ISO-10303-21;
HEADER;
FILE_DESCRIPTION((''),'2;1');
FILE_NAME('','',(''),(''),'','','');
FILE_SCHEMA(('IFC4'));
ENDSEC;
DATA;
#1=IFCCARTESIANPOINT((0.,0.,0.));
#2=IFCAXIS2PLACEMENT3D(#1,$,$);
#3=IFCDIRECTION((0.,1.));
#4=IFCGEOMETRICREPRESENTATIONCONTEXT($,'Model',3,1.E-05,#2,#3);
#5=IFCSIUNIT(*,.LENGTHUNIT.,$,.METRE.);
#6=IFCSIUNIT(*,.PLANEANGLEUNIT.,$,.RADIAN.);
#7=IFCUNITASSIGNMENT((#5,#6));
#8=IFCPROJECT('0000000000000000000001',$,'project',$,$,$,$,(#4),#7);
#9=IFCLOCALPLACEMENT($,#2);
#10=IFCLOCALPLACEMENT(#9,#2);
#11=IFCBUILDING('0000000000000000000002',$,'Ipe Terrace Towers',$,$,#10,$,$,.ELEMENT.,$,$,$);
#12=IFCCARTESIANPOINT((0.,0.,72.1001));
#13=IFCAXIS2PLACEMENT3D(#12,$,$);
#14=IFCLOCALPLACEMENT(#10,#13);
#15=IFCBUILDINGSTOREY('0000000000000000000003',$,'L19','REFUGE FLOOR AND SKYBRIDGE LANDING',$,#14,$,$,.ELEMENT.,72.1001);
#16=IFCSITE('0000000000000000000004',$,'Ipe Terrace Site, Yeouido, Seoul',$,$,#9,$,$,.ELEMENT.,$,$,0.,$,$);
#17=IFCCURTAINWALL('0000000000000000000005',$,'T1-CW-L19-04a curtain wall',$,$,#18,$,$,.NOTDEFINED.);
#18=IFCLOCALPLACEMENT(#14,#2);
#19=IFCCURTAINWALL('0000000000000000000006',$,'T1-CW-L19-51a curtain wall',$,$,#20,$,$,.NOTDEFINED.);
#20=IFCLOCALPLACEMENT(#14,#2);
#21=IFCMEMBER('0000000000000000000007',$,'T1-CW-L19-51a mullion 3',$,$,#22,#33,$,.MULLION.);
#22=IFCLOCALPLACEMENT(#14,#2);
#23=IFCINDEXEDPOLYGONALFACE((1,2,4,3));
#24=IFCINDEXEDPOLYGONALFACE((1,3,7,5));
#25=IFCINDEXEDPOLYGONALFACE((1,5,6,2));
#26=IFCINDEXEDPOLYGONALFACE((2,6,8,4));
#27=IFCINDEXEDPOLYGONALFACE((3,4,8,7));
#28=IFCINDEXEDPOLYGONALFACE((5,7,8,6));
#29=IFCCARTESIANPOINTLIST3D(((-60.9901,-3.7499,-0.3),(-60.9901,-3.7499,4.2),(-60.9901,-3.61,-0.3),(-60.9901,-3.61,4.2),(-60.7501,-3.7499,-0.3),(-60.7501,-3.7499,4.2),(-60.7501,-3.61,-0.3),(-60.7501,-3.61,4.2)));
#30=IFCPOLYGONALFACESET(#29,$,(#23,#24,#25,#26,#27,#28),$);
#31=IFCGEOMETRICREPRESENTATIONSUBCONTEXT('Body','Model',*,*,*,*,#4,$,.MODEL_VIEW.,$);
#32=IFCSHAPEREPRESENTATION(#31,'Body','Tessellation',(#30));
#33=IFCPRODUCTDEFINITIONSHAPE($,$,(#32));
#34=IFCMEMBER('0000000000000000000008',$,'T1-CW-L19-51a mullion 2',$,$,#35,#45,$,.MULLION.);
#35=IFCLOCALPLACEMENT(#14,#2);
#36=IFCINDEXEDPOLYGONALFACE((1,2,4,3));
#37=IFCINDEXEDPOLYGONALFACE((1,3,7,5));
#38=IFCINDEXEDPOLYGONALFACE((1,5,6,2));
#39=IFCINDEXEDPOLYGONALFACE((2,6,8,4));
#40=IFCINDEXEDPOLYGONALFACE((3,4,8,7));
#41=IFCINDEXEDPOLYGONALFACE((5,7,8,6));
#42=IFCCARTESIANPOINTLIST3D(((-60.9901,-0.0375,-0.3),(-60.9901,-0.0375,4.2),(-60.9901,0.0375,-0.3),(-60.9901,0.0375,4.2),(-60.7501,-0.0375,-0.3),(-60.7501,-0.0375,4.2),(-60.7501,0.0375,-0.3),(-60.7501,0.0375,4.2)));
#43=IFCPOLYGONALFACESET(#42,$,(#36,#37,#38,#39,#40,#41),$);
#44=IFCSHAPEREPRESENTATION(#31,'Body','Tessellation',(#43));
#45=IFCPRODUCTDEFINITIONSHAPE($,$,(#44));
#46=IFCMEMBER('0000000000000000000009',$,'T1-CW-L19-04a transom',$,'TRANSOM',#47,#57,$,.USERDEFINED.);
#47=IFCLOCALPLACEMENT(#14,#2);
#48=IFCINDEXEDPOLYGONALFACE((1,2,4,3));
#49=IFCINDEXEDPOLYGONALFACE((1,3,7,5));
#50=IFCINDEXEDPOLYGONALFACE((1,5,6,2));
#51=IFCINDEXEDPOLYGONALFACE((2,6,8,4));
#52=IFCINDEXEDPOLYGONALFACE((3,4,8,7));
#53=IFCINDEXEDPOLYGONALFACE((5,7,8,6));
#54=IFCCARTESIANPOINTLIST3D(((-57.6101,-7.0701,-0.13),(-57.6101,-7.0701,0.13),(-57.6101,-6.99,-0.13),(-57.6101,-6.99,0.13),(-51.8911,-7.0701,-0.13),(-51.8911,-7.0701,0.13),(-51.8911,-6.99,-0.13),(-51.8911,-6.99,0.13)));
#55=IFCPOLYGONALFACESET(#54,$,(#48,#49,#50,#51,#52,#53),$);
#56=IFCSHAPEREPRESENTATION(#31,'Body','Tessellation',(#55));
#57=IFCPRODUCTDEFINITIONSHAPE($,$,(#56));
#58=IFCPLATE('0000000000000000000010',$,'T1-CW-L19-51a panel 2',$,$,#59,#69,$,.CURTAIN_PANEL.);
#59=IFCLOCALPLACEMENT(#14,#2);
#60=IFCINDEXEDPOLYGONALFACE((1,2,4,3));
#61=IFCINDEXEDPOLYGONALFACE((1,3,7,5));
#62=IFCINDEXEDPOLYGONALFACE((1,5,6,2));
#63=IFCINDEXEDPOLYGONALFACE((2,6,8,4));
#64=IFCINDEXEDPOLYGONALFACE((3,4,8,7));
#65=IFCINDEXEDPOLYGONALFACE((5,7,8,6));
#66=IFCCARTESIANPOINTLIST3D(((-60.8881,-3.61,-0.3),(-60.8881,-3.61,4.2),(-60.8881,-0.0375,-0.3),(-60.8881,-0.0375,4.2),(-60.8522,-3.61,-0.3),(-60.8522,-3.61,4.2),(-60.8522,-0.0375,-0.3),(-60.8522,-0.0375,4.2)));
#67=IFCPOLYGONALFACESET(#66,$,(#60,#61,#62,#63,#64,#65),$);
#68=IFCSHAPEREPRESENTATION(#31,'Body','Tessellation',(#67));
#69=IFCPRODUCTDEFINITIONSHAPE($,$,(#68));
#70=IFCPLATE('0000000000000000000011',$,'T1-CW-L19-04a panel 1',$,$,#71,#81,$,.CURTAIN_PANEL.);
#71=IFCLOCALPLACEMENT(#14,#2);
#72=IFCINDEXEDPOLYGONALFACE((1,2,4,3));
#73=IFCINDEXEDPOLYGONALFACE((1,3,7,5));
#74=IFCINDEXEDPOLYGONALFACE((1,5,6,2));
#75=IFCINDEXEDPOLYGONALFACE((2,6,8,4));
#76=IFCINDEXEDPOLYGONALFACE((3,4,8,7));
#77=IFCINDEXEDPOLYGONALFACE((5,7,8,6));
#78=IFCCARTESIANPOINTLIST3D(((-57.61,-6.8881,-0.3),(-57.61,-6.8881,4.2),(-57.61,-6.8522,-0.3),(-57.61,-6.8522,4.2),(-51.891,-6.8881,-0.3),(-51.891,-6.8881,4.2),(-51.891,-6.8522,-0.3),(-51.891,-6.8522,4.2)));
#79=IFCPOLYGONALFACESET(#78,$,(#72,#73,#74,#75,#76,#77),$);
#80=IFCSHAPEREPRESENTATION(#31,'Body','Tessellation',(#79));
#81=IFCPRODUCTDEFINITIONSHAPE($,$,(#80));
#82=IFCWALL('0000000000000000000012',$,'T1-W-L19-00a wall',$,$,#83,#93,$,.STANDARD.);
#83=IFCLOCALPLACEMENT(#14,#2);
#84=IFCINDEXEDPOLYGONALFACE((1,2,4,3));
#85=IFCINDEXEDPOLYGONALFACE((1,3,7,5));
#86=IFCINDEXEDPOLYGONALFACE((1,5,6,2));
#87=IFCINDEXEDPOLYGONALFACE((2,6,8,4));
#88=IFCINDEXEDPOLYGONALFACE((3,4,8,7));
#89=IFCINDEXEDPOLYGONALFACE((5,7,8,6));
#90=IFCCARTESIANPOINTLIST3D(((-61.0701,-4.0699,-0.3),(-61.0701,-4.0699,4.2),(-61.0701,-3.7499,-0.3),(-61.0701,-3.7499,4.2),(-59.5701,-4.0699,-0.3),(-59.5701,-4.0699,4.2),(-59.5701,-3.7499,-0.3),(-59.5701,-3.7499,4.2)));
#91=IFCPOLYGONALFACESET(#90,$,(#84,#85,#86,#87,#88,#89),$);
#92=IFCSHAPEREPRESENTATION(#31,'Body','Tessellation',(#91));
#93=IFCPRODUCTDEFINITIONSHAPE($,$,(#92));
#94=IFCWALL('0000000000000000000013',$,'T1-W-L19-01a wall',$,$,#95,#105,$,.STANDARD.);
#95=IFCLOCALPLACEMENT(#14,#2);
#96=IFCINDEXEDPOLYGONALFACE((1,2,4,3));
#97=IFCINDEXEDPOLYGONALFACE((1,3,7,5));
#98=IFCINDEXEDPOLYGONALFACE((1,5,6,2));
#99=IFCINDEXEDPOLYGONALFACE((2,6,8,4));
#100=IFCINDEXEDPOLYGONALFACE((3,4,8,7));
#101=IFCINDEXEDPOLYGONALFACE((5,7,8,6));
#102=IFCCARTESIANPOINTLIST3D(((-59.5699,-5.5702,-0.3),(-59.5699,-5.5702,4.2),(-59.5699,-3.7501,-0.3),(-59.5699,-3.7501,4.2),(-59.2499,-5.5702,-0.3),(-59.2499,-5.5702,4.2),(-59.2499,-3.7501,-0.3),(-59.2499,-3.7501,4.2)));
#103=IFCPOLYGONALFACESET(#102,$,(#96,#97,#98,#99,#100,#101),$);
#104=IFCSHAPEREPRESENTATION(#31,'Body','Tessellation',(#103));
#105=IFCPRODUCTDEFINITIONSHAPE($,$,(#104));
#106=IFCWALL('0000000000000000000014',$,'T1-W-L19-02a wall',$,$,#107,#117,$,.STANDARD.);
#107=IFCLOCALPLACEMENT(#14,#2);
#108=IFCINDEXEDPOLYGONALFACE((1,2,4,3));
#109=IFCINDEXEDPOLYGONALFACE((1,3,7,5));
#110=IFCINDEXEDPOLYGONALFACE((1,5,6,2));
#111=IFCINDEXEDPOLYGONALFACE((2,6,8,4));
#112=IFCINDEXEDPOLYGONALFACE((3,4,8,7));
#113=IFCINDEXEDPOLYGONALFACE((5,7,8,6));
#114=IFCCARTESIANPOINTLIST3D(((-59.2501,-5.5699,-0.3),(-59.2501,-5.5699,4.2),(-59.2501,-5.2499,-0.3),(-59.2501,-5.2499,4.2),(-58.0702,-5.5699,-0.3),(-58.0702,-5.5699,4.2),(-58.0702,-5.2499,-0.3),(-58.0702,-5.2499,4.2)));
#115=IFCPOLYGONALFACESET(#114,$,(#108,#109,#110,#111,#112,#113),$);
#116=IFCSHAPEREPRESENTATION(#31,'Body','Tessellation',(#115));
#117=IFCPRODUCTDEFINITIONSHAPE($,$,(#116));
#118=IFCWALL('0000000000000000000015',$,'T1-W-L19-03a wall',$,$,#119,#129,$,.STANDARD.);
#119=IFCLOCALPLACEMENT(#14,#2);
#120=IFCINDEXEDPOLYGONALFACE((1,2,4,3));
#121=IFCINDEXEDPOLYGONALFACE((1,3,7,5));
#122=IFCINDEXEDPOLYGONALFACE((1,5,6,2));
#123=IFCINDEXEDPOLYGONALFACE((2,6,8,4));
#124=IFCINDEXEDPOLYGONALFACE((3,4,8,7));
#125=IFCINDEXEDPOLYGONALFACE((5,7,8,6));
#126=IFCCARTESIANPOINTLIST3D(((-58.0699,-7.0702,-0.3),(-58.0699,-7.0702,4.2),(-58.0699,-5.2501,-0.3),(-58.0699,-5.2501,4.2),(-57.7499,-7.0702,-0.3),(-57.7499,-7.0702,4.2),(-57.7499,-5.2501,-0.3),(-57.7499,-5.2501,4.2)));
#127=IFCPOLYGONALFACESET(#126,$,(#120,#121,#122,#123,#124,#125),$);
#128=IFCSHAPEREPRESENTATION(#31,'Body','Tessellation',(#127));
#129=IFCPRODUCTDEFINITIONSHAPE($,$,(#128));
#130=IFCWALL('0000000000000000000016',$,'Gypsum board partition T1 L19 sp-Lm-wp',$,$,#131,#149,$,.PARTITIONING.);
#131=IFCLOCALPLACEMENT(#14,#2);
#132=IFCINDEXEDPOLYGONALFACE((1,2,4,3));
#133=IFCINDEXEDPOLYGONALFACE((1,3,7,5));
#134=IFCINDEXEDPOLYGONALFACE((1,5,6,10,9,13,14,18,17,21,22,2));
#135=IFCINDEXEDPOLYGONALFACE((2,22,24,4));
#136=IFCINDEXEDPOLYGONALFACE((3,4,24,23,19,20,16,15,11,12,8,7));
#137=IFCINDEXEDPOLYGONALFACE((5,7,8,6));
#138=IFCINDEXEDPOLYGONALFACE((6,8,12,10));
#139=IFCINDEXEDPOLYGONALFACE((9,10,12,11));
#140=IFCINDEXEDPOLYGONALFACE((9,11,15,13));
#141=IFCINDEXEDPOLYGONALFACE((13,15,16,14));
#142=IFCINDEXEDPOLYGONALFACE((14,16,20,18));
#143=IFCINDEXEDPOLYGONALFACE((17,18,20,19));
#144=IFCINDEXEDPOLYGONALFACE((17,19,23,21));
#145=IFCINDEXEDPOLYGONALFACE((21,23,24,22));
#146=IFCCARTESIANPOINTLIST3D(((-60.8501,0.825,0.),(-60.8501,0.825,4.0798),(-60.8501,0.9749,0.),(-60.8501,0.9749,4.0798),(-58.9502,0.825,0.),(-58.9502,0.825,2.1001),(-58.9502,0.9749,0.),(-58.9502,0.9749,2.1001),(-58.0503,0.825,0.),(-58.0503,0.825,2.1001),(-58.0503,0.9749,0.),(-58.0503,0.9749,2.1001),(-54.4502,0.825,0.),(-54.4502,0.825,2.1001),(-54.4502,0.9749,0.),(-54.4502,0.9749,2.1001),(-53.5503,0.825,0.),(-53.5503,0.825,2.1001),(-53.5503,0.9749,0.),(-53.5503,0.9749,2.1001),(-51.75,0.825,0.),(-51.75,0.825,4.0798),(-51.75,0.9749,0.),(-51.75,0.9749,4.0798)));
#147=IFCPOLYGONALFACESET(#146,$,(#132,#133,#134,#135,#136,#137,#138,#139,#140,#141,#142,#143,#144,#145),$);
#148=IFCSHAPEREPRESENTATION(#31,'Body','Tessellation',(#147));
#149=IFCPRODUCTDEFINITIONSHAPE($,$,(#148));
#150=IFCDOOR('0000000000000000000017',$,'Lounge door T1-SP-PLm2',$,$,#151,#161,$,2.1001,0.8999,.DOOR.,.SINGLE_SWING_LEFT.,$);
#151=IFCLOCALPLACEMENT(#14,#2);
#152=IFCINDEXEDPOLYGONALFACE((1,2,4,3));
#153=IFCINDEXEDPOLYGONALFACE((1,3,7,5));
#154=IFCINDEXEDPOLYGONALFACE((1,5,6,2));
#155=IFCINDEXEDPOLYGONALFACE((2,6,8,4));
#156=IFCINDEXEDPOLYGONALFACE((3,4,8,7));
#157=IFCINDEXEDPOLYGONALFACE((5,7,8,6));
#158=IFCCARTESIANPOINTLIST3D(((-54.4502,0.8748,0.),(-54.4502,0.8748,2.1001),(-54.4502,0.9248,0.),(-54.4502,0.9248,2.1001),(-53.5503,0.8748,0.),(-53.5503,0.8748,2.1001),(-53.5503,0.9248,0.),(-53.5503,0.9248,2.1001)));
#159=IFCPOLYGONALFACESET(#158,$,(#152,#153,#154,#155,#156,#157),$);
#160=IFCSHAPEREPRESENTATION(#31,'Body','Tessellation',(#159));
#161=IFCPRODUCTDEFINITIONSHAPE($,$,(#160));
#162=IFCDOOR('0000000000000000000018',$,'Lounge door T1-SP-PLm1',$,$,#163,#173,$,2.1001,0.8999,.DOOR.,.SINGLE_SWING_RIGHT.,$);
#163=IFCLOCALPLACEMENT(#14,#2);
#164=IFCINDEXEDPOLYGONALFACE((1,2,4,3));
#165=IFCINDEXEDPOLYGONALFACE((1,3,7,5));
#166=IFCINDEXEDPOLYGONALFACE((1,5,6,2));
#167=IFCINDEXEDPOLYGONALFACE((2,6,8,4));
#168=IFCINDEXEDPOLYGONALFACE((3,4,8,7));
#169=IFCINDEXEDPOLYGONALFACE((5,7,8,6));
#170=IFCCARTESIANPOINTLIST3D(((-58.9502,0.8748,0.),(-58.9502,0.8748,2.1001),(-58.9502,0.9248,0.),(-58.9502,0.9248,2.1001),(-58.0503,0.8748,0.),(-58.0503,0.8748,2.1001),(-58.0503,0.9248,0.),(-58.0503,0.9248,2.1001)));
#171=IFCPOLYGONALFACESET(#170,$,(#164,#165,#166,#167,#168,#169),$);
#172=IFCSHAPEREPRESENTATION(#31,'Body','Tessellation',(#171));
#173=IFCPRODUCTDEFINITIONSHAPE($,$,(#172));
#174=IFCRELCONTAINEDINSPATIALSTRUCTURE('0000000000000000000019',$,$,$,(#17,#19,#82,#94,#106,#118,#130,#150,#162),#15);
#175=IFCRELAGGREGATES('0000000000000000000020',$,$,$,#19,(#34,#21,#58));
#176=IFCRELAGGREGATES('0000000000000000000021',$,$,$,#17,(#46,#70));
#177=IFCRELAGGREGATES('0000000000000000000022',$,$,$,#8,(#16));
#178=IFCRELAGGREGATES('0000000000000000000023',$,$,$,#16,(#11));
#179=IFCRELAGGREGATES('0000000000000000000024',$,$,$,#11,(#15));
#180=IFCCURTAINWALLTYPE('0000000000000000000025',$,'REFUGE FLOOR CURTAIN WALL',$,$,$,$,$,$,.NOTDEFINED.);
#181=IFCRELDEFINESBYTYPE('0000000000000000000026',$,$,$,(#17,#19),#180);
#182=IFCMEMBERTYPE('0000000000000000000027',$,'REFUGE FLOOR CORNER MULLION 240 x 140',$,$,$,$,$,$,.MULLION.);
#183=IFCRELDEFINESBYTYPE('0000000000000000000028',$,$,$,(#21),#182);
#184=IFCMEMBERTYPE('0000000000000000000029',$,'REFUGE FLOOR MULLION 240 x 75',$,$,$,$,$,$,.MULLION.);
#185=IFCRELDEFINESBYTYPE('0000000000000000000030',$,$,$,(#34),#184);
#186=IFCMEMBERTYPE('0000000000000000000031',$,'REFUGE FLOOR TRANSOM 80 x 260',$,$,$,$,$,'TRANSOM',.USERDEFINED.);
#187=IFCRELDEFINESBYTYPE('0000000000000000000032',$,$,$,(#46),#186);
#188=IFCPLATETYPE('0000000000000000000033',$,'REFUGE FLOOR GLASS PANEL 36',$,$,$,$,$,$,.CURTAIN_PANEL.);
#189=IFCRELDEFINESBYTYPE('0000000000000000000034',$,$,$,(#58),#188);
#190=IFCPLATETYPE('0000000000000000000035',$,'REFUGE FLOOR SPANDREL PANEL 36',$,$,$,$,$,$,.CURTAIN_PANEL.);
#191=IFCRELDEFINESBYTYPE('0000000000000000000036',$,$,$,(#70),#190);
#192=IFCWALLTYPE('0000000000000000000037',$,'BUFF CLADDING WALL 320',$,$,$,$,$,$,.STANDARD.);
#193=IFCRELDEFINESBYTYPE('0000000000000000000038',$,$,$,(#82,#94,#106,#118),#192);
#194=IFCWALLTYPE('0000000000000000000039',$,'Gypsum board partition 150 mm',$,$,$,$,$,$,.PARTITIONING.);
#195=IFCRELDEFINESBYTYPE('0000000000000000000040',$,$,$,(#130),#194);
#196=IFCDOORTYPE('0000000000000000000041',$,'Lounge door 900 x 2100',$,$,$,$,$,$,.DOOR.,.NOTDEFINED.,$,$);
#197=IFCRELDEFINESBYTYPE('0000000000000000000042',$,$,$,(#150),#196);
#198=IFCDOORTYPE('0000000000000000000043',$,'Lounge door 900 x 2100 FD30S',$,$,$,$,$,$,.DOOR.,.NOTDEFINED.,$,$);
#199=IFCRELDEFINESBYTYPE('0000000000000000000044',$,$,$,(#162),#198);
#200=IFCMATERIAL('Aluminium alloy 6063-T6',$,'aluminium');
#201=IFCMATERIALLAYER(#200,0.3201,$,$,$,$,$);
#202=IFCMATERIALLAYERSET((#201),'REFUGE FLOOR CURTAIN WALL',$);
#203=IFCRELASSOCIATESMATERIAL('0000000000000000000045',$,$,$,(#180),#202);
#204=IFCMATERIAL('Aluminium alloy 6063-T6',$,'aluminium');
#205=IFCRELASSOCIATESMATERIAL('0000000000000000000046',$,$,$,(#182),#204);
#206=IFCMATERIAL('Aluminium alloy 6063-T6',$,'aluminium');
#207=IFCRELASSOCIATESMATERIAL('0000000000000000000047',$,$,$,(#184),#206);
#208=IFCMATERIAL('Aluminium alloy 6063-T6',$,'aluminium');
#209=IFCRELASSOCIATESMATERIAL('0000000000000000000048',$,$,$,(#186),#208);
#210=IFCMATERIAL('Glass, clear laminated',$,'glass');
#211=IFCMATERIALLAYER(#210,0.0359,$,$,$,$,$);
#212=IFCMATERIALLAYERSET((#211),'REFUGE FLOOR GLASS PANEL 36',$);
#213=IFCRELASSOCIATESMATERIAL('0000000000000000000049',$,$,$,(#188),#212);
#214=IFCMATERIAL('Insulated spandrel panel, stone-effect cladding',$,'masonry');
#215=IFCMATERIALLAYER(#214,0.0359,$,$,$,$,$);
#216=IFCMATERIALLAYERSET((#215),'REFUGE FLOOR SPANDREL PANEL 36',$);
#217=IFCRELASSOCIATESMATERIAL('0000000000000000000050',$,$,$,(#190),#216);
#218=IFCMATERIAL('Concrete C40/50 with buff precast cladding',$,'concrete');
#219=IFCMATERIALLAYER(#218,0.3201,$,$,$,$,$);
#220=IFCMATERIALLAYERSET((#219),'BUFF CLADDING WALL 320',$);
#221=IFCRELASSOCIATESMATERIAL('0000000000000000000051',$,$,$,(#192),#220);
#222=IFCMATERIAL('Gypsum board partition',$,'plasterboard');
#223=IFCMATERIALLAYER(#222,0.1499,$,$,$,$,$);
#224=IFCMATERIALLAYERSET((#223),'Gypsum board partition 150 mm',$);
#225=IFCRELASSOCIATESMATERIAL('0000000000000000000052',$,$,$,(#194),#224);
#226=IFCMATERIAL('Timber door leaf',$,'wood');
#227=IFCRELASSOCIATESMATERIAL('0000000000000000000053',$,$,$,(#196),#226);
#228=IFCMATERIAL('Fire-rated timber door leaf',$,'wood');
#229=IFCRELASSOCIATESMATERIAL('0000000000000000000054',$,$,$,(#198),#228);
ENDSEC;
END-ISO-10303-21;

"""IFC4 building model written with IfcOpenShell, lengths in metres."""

from ifc_helpers import new_model, si_unit, direction, frame, frame_2d, origin, origin_2d, place, context, subcontext, project, spatial, rectangle, extrude, material, layer, layer_set, material_profile, profile_set, type_object, element, fill, aggregate, save


model = new_model("IFC4")

# Units and contexts
model_context = context("Model", 3, precision=1e-05, world=origin(), true_north=direction((0.0, 1.0)))
body_context = subcontext(model_context, "Body", "Model", "MODEL_VIEW")
ifc_project = project(units=[si_unit("LENGTHUNIT", "METRE"), si_unit("PLANEANGLEUNIT", "RADIAN")], contexts=[model_context])

# Site, building, storey
site_placement = place(None, origin())
site = spatial("IfcSite", under=ifc_project, at=site_placement, Name="Ipe Terrace Site, Yeouido, Seoul", CompositionType="ELEMENT", RefElevation=0.0)
building_placement = place(site_placement, origin())
building = spatial("IfcBuilding", under=site, at=building_placement, Name="Ipe Terrace Towers", CompositionType="ELEMENT")
storey_placement = place(building_placement, frame((0.0, 0.0, 72.1001)))
storey = spatial("IfcBuildingStorey", under=building, at=storey_placement, Name="L19", Description="REFUGE FLOOR AND SKYBRIDGE LANDING", CompositionType="ELEMENT", Elevation=72.1001)

# Curtain wall
ifc_material_1 = material(Name="Aluminium alloy 6063-T6", Category="aluminium")
ifc_layer_1 = layer(ifc_material_1, 0.3201)
ifc_layer_set_1 = layer_set([ifc_layer_1], Name="REFUGE FLOOR CURTAIN WALL")
curtain_wall_type = type_object("IfcCurtainWallType", Name="REFUGE FLOOR CURTAIN WALL", PredefinedType="NOTDEFINED", material=ifc_layer_set_1)
curtain_wall_1_placement = place(storey_placement, origin())
curtain_wall_1 = element("IfcCurtainWall", 1, at=curtain_wall_1_placement, inside=storey, type_object=curtain_wall_type, Name="T1-CW-L19-04a curtain wall", PredefinedType="NOTDEFINED")
ifc_material_2 = material(Name="Aluminium alloy 6063-T6", Category="aluminium")
ifc_material_profile_1 = material_profile(ifc_material_2, rectangle(XDim=0.24, YDim=0.1399, at=origin_2d()), Name="REFUGE FLOOR CORNER MULLION 240 x 140")
ifc_profile_set_1 = profile_set([ifc_material_profile_1], Name="Aluminium alloy 6063-T6")
member_type_1 = type_object("IfcMemberType", Name="REFUGE FLOOR CORNER MULLION 240 x 140", PredefinedType="MULLION", material=ifc_profile_set_1)

# Curtain wall, members
curtain_wall_2_placement = place(storey_placement, origin())
curtain_wall_2 = element("IfcCurtainWall", 2, at=curtain_wall_2_placement, inside=storey, type_object=curtain_wall_type, Name="T1-CW-L19-51a curtain wall", PredefinedType="NOTDEFINED")
member_1_placement = place(storey_placement, frame((-60.8701, -3.6799, -0.3), z_axis=(0.0, 0.0, 1.0), x_axis=(-1.0, 0.0, 0.0)))
member_1 = element("IfcMember", 3, at=member_1_placement, type_object=member_type_1, Name="T1-CW-L19-51a mullion 3", PredefinedType="MULLION", context=body_context, shape_type="SweptSolid", body=[
    extrude(rectangle(XDim=0.24, YDim=0.1399, at=origin_2d()), origin(), (0.0, 0.0, 1.0), 4.5),
])
ifc_material_3 = material(Name="Aluminium alloy 6063-T6", Category="aluminium")
ifc_material_profile_2 = material_profile(ifc_material_3, rectangle(XDim=0.24, YDim=0.075, at=origin_2d()), Name="REFUGE FLOOR MULLION 240 x 75")
ifc_profile_set_2 = profile_set([ifc_material_profile_2], Name="Aluminium alloy 6063-T6")
member_type_2 = type_object("IfcMemberType", Name="REFUGE FLOOR MULLION 240 x 75", PredefinedType="MULLION", material=ifc_profile_set_2)
member_2_placement = place(storey_placement, frame((-60.8701, 0.0, -0.3), z_axis=(0.0, 0.0, 1.0), x_axis=(-1.0, 0.0, 0.0)))
member_2 = element("IfcMember", 4, at=member_2_placement, type_object=member_type_2, Name="T1-CW-L19-51a mullion 2", PredefinedType="MULLION", context=body_context, shape_type="SweptSolid", body=[
    extrude(rectangle(XDim=0.24, YDim=0.075, at=origin_2d()), origin(), (0.0, 0.0, 1.0), 4.5),
])

# Member
ifc_material_4 = material(Name="Aluminium alloy 6063-T6", Category="aluminium")
ifc_material_profile_3 = material_profile(ifc_material_4, rectangle(XDim=0.0801, YDim=0.26, at=origin_2d()), Name="REFUGE FLOOR TRANSOM 80 x 260")
ifc_profile_set_3 = profile_set([ifc_material_profile_3], Name="Aluminium alloy 6063-T6")
member_type_3 = type_object("IfcMemberType", Name="REFUGE FLOOR TRANSOM 80 x 260", ElementType="TRANSOM", PredefinedType="USERDEFINED", material=ifc_profile_set_3)
member_3_placement = place(storey_placement, frame((-57.6101, -7.03, 0.0), z_axis=(1.0, 0.0, 0.0), x_axis=(0.0, -1.0, 0.0)))
member_3 = element("IfcMember", 5, at=member_3_placement, type_object=member_type_3, Name="T1-CW-L19-04a transom", ObjectType="TRANSOM", PredefinedType="USERDEFINED", context=body_context, shape_type="SweptSolid", body=[
    extrude(rectangle(XDim=0.0801, YDim=0.26, at=origin_2d()), origin(), (0.0, 0.0, 1.0), 5.719),
])

# Plates
ifc_material_5 = material(Name="Glass, clear laminated", Category="glass")
ifc_layer_2 = layer(ifc_material_5, 0.0359)
ifc_layer_set_2 = layer_set([ifc_layer_2], Name="REFUGE FLOOR GLASS PANEL 36")
plate_type_1 = type_object("IfcPlateType", Name="REFUGE FLOOR GLASS PANEL 36", PredefinedType="CURTAIN_PANEL", material=ifc_layer_set_2)
plate_1_placement = place(storey_placement, frame((-60.8701, -1.8237, -0.3), z_axis=(0.0, 0.0, 1.0), x_axis=(0.0, -1.0, 0.0)))
plate_1 = element("IfcPlate", 6, at=plate_1_placement, type_object=plate_type_1, Name="T1-CW-L19-51a panel 2", PredefinedType="CURTAIN_PANEL", context=body_context, shape_type="SweptSolid", body=[
    extrude(rectangle(XDim=3.5725, YDim=0.0359, at=origin_2d()), origin(), (0.0, 0.0, 1.0), 4.5),
])
aggregate(curtain_wall_2, [member_2, member_1, plate_1])
ifc_material_6 = material(Name="Insulated spandrel panel, stone-effect cladding", Category="masonry")
ifc_layer_3 = layer(ifc_material_6, 0.0359)
ifc_layer_set_3 = layer_set([ifc_layer_3], Name="REFUGE FLOOR SPANDREL PANEL 36")
plate_type_2 = type_object("IfcPlateType", Name="REFUGE FLOOR SPANDREL PANEL 36", PredefinedType="CURTAIN_PANEL", material=ifc_layer_set_3)
plate_2_placement = place(storey_placement, frame((-54.7505, -6.8701, -0.3), z_axis=(0.0, 0.0, 1.0), x_axis=(1.0, 0.0, 0.0)))
plate_2 = element("IfcPlate", 7, at=plate_2_placement, type_object=plate_type_2, Name="T1-CW-L19-04a panel 1", PredefinedType="CURTAIN_PANEL", context=body_context, shape_type="SweptSolid", body=[
    extrude(rectangle(XDim=5.719, YDim=0.0359, at=origin_2d()), origin(), (0.0, 0.0, 1.0), 4.5),
])
aggregate(curtain_wall_1, [member_3, plate_2])

# Walls
ifc_material_7 = material(Name="Concrete C40/50 with buff precast cladding", Category="concrete")
ifc_layer_4 = layer(ifc_material_7, 0.3201)
ifc_layer_set_4 = layer_set([ifc_layer_4], Name="BUFF CLADDING WALL 320")
wall_type_1 = type_object("IfcWallType", Name="BUFF CLADDING WALL 320", PredefinedType="STANDARD", material=ifc_layer_set_4)
wall_1_placement = place(storey_placement, frame((-61.0701, -3.9099, -0.3), z_axis=(0.0, 0.0, 1.0), x_axis=(1.0, 0.0, 0.0)))
element("IfcWall", 8, at=wall_1_placement, inside=storey, type_object=wall_type_1, Name="T1-W-L19-00a wall", PredefinedType="STANDARD", context=body_context, shape_type="SweptSolid", body=[
    extrude(rectangle(XDim=1.5, YDim=0.3201, at=frame_2d((0.75, 0.0))), origin(), (0.0, 0.0, 1.0), 4.5),
])
wall_2_placement = place(storey_placement, frame((-59.4099, -3.75, -0.3), z_axis=(0.0, 0.0, 1.0), x_axis=(0.0, -1.0, 0.0)))
element("IfcWall", 9, at=wall_2_placement, inside=storey, type_object=wall_type_1, Name="T1-W-L19-01a wall", PredefinedType="STANDARD", context=body_context, shape_type="SweptSolid", body=[
    extrude(rectangle(XDim=1.8201, YDim=0.3201, at=frame_2d((0.9102, 0.0))), origin(), (0.0, 0.0, 1.0), 4.5),
])
wall_3_placement = place(storey_placement, frame((-59.25, -5.4099, -0.3), z_axis=(0.0, 0.0, 1.0), x_axis=(1.0, 0.0, 0.0)))
element("IfcWall", 10, at=wall_3_placement, inside=storey, type_object=wall_type_1, Name="T1-W-L19-02a wall", PredefinedType="STANDARD", context=body_context, shape_type="SweptSolid", body=[
    extrude(rectangle(XDim=1.1799, YDim=0.3201, at=frame_2d((0.5898, 0.0))), origin(), (0.0, 0.0, 1.0), 4.5),
])
wall_4_placement = place(storey_placement, frame((-57.9099, -5.25, -0.3), z_axis=(0.0, 0.0, 1.0), x_axis=(0.0, -1.0, 0.0)))
element("IfcWall", 11, at=wall_4_placement, inside=storey, type_object=wall_type_1, Name="T1-W-L19-03a wall", PredefinedType="STANDARD", context=body_context, shape_type="SweptSolid", body=[
    extrude(rectangle(XDim=1.8201, YDim=0.3201, at=frame_2d((0.9102, 0.0))), origin(), (0.0, 0.0, 1.0), 4.5),
])

# Wall, openings, doors
ifc_material_8 = material(Name="Gypsum board partition", Category="plasterboard")
ifc_layer_5 = layer(ifc_material_8, 0.1499)
ifc_layer_set_5 = layer_set([ifc_layer_5], Name="Gypsum board partition 150 mm")
wall_type_2 = type_object("IfcWallType", Name="Gypsum board partition 150 mm", PredefinedType="PARTITIONING", material=ifc_layer_set_5)
wall_5_placement = place(storey_placement, frame((-60.8501, 0.8999, 0.0), z_axis=(0.0, 0.0, 1.0), x_axis=(1.0, 0.0, 0.0)))
wall_5 = element("IfcWall", 12, at=wall_5_placement, inside=storey, type_object=wall_type_2, Name="Gypsum board partition T1 L19 sp-Lm-wp", PredefinedType="PARTITIONING", context=body_context, shape_type="SweptSolid", body=[
    extrude(rectangle(XDim=9.1001, YDim=0.1499, at=frame_2d((4.55, 0.0))), origin(), (0.0, 0.0, 1.0), 4.0798),
])
opening_1_placement = place(wall_5_placement, frame((1.8999, 0.0, 0.0)))
opening_1 = element("IfcOpeningElement", 13, at=opening_1_placement, cuts=wall_5, PredefinedType="OPENING", context=body_context, shape_type="SweptSolid", body=[
    extrude(rectangle(XDim=0.8999, YDim=2.1001, at=frame_2d((0.45, 1.05))), frame((0.0, 0.085, 0.0), z_axis=(0.0, -1.0, 0.0), x_axis=(1.0, 0.0, 0.0)), (0.0, 0.0, 1.0), 0.1699),
])
opening_2_placement = place(wall_5_placement, frame((6.3999, 0.0, 0.0)))
opening_2 = element("IfcOpeningElement", 14, at=opening_2_placement, cuts=wall_5, PredefinedType="OPENING", context=body_context, shape_type="SweptSolid", body=[
    extrude(rectangle(XDim=0.8999, YDim=2.1001, at=frame_2d((0.45, 1.05))), frame((0.0, 0.085, 0.0), z_axis=(0.0, -1.0, 0.0), x_axis=(1.0, 0.0, 0.0)), (0.0, 0.0, 1.0), 0.1699),
])
ifc_material_9 = material(Name="Timber door leaf", Category="wood")
door_type_1 = type_object("IfcDoorType", Name="Lounge door 900 x 2100", OperationType="NOTDEFINED", PredefinedType="DOOR", material=ifc_material_9)
door_1_placement = place(opening_2_placement, origin())
door_1 = element("IfcDoor", 15, at=door_1_placement, inside=storey, type_object=door_type_1, Name="Lounge door T1-SP-PLm2", OperationType="SINGLE_SWING_LEFT", OverallHeight=2.1001, OverallWidth=0.8999, PredefinedType="DOOR", context=body_context, shape_type="SweptSolid", body=[
    extrude(rectangle(XDim=0.8999, YDim=2.1001, at=frame_2d((0.45, 1.05))), frame((0.0, 0.0249, 0.0), z_axis=(0.0, -1.0, 0.0), x_axis=(1.0, 0.0, 0.0)), (0.0, 0.0, 1.0), 0.05),
])
fill(opening_2, door_1)
ifc_material_10 = material(Name="Fire-rated timber door leaf", Category="wood")
door_type_2 = type_object("IfcDoorType", Name="Lounge door 900 x 2100 FD30S", OperationType="NOTDEFINED", PredefinedType="DOOR", material=ifc_material_10)
door_2_placement = place(opening_1_placement, origin())
door_2 = element("IfcDoor", 16, at=door_2_placement, inside=storey, type_object=door_type_2, Name="Lounge door T1-SP-PLm1", OperationType="SINGLE_SWING_RIGHT", OverallHeight=2.1001, OverallWidth=0.8999, PredefinedType="DOOR", context=body_context, shape_type="SweptSolid", body=[
    extrude(rectangle(XDim=0.8999, YDim=2.1001, at=frame_2d((0.45, 1.05))), frame((0.0, 0.0249, 0.0), z_axis=(0.0, -1.0, 0.0), x_axis=(1.0, 0.0, 0.0)), (0.0, 0.0, 1.0), 0.05),
])
fill(opening_1, door_2)

save(model, "model.ifc")
